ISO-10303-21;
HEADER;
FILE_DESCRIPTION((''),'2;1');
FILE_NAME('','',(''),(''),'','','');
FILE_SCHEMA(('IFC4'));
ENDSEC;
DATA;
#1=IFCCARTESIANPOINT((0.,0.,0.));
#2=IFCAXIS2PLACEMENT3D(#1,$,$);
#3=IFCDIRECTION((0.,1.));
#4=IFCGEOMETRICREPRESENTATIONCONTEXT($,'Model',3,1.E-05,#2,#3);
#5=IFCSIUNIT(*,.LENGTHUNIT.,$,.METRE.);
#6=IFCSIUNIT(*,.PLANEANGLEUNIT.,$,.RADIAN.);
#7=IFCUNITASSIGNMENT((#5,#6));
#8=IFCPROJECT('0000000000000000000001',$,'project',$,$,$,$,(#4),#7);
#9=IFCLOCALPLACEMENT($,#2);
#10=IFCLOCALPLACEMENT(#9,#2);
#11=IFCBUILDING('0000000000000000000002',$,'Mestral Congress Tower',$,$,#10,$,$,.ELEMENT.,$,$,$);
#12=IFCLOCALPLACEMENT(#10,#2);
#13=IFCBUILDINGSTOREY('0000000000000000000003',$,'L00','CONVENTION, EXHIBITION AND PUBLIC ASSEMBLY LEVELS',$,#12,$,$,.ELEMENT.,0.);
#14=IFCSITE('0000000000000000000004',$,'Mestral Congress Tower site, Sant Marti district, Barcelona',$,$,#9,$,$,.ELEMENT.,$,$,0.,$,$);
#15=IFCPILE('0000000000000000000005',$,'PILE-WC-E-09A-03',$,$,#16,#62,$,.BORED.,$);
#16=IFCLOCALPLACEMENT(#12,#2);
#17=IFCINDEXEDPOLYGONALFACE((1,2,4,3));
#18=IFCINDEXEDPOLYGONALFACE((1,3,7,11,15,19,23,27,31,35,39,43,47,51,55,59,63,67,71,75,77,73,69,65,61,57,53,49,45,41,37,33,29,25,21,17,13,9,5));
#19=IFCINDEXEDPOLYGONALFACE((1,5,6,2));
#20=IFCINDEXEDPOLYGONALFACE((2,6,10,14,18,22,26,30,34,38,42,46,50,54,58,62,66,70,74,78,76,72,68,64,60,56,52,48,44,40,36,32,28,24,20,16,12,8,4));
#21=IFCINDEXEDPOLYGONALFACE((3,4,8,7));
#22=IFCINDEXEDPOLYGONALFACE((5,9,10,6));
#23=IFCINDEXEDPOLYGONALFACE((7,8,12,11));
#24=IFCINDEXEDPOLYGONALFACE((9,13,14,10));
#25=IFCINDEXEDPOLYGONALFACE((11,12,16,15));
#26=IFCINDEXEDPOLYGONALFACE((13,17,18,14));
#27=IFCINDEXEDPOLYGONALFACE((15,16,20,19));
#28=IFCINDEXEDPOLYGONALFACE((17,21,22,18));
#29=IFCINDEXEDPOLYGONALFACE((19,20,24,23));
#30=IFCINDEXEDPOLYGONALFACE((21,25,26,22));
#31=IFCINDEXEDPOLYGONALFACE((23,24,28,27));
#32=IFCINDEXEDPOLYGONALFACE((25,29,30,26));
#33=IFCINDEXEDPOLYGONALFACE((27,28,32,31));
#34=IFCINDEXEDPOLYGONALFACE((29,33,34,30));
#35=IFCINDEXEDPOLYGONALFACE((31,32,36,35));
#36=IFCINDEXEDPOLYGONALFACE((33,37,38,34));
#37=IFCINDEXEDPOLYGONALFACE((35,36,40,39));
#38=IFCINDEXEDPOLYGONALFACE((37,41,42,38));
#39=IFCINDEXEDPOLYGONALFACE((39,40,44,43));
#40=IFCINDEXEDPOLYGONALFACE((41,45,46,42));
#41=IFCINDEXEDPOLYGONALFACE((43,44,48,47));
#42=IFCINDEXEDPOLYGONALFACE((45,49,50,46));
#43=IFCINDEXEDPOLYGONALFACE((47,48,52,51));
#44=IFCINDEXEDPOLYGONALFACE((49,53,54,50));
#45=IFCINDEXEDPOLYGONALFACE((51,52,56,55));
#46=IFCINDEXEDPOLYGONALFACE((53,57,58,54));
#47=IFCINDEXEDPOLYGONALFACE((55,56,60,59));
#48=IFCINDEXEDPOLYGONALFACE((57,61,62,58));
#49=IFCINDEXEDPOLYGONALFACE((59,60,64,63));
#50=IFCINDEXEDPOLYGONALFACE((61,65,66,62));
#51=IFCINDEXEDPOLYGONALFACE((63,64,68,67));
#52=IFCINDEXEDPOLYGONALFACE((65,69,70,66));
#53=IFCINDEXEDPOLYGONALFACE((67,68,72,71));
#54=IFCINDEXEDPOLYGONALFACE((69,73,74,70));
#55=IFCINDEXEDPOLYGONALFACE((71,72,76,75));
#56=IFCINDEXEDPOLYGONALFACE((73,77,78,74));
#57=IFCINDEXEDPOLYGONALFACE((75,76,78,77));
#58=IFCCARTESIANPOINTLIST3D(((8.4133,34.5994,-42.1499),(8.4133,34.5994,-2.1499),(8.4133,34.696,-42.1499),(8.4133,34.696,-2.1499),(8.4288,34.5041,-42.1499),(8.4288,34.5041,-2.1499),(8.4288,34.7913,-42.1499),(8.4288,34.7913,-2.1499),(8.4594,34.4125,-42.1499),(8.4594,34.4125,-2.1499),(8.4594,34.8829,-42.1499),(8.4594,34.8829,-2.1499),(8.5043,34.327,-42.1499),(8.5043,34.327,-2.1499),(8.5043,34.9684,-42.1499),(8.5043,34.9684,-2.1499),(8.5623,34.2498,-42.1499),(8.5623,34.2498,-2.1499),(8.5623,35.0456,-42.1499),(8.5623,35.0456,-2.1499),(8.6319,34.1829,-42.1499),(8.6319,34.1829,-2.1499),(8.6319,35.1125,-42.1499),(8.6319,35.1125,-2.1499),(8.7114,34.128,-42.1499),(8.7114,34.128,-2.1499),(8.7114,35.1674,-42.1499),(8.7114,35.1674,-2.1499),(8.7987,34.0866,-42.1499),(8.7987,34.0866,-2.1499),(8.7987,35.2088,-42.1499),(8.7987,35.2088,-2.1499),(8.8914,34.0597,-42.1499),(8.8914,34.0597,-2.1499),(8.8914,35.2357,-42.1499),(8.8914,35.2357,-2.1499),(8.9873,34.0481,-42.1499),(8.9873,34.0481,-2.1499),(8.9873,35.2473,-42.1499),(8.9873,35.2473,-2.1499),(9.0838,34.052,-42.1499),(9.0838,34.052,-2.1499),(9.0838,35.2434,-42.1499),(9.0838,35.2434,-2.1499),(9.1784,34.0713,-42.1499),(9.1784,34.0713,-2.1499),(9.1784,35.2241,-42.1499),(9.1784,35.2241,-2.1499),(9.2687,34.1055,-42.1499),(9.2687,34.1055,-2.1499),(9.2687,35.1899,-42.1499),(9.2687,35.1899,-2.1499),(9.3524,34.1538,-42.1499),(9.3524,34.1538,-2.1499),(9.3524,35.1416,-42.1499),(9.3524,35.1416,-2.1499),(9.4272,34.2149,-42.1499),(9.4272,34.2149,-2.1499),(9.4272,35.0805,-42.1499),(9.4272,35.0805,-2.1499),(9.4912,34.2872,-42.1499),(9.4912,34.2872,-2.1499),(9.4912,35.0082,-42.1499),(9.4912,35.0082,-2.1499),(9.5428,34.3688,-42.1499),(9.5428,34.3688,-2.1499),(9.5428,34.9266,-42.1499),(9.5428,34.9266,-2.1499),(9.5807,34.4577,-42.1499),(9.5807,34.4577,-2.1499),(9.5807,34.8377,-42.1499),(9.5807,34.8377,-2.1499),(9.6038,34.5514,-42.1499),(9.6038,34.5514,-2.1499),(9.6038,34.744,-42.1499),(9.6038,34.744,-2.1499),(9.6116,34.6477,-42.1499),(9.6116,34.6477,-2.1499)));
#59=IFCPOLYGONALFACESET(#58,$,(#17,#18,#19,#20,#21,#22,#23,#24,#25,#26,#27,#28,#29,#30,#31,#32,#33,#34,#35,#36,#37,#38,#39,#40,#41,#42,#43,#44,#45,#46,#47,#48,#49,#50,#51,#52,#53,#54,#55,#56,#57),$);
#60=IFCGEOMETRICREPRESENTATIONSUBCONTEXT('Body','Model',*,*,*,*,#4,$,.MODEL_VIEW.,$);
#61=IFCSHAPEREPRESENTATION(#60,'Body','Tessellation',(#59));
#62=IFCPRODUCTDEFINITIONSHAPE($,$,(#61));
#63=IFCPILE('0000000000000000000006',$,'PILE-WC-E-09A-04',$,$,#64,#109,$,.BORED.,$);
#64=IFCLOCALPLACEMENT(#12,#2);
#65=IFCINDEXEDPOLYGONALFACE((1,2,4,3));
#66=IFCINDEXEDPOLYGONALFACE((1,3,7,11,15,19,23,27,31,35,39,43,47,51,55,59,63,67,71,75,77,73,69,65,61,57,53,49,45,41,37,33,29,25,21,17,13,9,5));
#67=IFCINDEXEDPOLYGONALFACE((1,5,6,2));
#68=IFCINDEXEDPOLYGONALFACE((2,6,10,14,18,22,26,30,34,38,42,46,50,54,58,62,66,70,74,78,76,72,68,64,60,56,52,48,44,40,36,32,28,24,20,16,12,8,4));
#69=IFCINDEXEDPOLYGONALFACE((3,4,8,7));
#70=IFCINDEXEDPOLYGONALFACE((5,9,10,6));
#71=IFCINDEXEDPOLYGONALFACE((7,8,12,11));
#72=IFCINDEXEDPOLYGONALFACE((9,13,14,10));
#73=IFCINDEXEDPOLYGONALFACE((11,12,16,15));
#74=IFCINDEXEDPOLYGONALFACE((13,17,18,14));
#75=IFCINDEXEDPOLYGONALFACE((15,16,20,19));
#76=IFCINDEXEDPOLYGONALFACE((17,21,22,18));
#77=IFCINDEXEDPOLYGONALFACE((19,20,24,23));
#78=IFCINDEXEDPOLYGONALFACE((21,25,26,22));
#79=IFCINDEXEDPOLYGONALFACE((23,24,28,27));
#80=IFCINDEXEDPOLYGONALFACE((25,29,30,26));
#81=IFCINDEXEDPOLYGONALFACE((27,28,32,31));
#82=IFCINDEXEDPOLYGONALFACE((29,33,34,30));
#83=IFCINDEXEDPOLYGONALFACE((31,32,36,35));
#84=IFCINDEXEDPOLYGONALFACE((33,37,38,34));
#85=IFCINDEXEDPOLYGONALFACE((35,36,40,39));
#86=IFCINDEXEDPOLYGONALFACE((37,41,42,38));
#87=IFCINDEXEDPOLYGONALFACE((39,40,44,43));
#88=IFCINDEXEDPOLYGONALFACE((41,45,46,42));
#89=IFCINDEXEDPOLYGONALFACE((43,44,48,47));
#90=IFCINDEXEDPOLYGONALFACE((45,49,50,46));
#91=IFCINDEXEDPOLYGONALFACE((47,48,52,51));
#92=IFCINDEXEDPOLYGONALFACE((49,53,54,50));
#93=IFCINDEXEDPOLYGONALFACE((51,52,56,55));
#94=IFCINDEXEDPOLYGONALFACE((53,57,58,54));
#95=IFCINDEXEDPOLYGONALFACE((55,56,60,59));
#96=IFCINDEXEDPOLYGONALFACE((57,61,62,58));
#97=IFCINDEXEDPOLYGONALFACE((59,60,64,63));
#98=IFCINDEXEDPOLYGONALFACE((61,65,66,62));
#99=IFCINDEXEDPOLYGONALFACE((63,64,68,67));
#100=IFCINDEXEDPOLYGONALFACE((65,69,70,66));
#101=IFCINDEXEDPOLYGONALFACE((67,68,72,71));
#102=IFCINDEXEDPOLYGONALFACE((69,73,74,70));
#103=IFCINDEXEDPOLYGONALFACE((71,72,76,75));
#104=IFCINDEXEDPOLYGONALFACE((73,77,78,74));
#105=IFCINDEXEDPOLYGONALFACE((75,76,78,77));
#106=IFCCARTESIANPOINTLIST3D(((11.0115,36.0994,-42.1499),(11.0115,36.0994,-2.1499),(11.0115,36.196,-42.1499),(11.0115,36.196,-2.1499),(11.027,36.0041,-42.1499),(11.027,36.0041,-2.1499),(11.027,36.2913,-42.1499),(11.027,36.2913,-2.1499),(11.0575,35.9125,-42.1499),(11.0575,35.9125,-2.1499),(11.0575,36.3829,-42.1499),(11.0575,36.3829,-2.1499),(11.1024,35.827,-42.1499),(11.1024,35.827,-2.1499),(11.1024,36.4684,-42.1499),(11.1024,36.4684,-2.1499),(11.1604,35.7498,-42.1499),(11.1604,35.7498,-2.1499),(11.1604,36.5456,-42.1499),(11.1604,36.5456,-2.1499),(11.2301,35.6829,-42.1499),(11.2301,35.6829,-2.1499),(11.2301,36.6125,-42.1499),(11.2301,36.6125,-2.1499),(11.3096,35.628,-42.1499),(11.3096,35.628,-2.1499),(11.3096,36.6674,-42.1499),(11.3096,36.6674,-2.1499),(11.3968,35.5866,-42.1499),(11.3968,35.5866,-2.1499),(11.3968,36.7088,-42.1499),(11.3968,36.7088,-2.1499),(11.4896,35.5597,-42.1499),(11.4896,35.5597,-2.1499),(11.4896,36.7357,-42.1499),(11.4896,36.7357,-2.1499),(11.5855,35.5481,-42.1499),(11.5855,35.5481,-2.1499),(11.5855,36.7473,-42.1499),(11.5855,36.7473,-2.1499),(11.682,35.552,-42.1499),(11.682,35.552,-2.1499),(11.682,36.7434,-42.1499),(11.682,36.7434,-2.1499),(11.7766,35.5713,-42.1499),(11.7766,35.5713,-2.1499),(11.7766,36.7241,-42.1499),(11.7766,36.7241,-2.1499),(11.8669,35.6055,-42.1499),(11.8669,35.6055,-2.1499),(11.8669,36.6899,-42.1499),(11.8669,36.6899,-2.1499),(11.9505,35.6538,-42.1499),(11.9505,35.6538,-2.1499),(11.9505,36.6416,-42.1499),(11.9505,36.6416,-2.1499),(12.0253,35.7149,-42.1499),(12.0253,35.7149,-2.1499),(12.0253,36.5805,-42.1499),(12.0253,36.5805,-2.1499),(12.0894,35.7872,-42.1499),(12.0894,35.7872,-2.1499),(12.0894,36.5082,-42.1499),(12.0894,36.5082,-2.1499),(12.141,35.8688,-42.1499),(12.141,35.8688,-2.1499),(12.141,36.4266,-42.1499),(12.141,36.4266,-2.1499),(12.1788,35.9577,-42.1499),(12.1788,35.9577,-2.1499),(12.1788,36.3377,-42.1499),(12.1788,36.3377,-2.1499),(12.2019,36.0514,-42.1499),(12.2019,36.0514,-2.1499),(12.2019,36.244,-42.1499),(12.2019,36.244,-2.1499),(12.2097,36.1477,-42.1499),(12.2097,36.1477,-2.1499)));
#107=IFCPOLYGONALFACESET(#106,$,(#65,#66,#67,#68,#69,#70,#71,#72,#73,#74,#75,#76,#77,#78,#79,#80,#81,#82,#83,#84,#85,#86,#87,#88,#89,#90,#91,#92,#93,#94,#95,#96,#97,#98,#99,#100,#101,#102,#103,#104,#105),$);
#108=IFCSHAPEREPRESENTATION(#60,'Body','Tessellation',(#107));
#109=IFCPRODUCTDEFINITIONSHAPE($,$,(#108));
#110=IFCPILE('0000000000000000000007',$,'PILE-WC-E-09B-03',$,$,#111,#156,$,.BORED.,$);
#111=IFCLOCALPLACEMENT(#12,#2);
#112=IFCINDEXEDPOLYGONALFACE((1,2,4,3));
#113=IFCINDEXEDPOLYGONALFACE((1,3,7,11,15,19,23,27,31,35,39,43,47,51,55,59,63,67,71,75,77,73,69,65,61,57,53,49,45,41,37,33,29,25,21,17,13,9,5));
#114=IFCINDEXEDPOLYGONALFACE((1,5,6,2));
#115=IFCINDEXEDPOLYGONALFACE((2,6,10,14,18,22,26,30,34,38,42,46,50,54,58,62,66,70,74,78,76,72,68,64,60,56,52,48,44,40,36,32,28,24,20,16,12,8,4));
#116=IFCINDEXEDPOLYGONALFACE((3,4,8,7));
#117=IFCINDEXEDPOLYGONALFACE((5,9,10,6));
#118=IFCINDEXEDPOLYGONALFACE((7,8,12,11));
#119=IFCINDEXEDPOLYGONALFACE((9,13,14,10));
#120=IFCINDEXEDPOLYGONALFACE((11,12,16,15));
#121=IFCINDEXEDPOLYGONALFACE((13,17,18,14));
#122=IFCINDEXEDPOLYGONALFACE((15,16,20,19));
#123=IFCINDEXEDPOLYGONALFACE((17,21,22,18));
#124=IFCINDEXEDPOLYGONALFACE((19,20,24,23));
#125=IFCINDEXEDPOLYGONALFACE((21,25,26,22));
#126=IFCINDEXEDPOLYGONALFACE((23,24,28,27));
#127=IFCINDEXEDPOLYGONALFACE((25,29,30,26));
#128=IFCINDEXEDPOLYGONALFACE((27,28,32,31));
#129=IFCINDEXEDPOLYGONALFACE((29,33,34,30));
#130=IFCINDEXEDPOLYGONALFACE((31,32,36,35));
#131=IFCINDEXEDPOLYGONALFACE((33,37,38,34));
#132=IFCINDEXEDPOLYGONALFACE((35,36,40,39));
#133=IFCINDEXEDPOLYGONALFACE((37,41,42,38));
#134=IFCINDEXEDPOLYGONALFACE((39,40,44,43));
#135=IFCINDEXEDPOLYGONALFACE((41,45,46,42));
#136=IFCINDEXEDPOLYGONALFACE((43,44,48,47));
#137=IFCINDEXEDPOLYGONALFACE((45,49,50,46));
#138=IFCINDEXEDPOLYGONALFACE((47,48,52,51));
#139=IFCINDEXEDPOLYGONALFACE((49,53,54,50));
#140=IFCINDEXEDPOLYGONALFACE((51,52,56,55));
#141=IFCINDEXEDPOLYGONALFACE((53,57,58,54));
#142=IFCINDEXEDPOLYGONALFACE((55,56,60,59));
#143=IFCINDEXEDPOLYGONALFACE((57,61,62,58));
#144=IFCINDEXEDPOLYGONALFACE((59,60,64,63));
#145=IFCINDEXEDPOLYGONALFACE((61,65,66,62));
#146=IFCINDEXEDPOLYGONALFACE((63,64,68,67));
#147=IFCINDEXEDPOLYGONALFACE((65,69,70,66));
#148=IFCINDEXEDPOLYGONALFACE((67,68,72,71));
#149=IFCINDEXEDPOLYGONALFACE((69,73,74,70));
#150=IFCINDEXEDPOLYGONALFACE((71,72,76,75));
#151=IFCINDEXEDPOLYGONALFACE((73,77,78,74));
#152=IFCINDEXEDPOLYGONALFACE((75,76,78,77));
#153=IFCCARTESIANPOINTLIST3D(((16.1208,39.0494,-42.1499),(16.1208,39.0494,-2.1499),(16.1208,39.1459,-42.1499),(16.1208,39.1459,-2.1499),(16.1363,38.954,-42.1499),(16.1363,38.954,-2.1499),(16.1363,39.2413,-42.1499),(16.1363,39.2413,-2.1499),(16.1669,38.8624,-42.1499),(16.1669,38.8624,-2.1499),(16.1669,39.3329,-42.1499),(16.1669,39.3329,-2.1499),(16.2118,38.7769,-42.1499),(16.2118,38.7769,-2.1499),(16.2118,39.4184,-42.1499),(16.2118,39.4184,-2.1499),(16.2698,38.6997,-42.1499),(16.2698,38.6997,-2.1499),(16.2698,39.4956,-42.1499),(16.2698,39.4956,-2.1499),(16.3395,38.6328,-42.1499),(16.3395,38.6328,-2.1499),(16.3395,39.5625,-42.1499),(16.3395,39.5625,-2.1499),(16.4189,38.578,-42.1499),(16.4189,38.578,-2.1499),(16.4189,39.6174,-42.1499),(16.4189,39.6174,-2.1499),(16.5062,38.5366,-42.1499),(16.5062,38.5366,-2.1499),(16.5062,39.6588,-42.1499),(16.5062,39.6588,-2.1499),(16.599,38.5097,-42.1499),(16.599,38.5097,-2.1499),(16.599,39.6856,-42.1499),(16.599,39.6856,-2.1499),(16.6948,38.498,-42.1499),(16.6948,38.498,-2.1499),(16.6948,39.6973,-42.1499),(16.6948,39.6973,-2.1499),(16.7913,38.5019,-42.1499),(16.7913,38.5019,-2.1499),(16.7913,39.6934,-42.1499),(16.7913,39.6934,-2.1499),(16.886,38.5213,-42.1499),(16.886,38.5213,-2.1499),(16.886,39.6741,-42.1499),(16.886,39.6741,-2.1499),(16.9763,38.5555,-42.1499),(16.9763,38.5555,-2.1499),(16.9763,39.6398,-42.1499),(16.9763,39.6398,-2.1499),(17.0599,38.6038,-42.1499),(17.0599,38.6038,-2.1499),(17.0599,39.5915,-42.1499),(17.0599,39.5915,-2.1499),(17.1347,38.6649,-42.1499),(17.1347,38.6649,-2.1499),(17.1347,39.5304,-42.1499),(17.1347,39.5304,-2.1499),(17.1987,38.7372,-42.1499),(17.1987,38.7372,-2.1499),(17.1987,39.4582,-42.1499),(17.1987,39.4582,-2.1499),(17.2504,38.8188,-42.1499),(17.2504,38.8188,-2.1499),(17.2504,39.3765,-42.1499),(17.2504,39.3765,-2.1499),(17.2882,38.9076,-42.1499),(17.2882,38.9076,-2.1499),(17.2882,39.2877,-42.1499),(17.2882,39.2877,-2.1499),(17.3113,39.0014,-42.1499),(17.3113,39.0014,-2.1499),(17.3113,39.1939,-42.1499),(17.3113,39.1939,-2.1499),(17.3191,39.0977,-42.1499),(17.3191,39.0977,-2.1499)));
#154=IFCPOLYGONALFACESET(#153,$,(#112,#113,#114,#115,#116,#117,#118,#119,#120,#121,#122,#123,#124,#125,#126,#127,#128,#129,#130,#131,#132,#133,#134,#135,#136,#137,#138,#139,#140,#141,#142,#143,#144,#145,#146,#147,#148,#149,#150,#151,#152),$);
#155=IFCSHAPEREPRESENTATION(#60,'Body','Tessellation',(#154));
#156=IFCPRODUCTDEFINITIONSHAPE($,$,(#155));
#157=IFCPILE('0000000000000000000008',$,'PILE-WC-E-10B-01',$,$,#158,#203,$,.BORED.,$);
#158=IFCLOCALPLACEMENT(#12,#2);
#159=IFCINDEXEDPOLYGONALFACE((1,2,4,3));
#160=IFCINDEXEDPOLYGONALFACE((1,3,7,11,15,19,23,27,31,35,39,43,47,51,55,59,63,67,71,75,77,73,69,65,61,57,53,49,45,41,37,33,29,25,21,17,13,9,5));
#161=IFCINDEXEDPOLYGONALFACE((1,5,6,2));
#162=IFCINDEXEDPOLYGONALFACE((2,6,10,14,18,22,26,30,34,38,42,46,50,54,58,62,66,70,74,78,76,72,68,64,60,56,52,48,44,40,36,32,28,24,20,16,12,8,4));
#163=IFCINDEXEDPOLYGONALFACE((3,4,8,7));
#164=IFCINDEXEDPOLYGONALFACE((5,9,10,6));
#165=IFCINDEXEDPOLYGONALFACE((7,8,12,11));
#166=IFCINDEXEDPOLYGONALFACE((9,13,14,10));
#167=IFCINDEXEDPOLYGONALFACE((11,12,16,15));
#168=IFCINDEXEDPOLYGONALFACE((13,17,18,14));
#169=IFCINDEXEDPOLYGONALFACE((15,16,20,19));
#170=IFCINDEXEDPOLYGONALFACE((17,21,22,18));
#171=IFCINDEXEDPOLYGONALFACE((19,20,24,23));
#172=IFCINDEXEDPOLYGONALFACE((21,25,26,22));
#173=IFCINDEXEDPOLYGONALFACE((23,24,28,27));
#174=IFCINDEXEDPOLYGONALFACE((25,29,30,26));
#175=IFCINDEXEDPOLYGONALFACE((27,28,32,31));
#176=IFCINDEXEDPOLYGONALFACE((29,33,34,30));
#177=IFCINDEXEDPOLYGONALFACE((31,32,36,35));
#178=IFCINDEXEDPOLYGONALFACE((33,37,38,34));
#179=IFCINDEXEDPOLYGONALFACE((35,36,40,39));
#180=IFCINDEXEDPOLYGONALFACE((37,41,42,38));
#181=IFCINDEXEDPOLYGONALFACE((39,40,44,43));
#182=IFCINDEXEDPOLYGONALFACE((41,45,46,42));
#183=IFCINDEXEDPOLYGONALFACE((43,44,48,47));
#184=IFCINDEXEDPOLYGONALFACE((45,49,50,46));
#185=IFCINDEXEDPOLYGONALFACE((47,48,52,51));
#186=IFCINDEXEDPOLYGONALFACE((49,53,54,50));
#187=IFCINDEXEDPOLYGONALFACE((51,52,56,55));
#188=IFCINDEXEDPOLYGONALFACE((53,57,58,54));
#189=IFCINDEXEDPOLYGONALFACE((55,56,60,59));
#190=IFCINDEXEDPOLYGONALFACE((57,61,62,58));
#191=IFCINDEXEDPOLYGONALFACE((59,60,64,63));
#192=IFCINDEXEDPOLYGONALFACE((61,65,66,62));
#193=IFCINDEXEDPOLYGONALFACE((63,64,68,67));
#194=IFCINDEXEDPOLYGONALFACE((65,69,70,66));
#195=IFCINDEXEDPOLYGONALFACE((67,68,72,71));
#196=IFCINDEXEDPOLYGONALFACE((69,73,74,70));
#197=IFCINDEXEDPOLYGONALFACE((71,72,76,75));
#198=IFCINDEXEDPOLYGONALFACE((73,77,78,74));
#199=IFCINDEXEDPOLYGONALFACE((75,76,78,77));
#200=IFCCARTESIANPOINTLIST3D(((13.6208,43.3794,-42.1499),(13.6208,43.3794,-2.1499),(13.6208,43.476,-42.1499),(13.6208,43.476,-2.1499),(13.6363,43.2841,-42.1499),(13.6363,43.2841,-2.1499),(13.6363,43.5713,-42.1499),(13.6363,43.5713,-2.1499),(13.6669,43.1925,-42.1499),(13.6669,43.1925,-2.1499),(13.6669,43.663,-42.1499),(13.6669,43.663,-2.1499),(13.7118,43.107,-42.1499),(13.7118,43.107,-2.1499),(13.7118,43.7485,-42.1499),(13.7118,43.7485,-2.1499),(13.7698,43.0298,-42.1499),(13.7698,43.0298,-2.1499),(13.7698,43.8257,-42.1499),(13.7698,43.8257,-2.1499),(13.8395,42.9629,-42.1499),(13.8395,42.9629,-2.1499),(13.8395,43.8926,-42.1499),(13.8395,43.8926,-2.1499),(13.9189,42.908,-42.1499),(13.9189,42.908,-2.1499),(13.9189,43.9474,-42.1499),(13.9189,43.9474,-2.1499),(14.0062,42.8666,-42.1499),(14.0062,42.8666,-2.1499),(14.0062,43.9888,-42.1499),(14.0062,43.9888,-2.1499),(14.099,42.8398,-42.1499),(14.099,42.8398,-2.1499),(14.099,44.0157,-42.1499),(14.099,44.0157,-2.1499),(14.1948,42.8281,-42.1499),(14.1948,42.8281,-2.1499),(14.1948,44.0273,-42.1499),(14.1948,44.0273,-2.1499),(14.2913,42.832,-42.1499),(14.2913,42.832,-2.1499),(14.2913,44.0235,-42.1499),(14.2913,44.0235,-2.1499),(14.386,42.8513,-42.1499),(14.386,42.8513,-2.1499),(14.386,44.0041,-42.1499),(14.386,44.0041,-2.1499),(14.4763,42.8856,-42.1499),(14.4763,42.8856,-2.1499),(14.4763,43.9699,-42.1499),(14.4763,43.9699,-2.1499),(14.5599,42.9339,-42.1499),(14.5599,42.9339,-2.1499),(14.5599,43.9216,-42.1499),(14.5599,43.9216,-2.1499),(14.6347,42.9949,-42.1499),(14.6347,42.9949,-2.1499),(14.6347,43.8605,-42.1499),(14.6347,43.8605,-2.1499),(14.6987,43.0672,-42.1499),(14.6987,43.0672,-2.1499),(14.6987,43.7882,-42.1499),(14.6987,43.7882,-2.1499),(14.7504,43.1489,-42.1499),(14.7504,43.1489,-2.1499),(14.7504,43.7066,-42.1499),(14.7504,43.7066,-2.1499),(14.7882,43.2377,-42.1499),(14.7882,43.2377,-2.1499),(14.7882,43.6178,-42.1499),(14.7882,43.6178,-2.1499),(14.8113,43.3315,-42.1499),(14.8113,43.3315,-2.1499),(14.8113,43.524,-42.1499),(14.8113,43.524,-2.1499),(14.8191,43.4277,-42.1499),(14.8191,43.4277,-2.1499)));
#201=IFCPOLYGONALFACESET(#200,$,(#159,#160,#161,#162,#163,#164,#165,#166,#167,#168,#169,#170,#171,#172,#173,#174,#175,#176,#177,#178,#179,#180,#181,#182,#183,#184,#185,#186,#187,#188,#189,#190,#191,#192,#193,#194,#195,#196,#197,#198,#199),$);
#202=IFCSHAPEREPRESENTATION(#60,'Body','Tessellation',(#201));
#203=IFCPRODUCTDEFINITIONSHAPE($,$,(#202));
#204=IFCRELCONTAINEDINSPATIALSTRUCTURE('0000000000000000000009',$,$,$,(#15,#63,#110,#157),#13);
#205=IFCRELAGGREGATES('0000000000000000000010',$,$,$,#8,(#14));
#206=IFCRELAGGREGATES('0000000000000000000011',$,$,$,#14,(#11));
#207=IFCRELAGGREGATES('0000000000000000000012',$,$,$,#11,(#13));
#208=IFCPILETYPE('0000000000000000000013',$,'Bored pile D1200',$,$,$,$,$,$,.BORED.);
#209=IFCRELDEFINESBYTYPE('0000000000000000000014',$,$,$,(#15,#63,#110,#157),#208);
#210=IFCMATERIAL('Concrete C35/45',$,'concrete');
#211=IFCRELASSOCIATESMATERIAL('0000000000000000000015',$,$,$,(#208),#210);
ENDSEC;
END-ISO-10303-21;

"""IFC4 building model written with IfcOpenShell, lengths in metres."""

from ifc_helpers import new_model, si_unit, direction, frame, origin, origin_2d, place, context, subcontext, project, spatial, circle, extrude, material, material_profile, profile_set, type_object, element, save


model = new_model("IFC4")

# Units and contexts
model_context = context("Model", 3, precision=1e-05, world=origin(), true_north=direction((0.0, 1.0)))
body_context = subcontext(model_context, "Body", "Model", "MODEL_VIEW")
ifc_project = project(units=[si_unit("LENGTHUNIT", "METRE"), si_unit("PLANEANGLEUNIT", "RADIAN")], contexts=[model_context])

# Site, building, storey
site_placement = place(None, origin())
site = spatial("IfcSite", under=ifc_project, at=site_placement, Name="Mestral Congress Tower site, Sant Marti district, Barcelona", CompositionType="ELEMENT", RefElevation=0.0)
building_placement = place(site_placement, origin())
building = spatial("IfcBuilding", under=site, at=building_placement, Name="Mestral Congress Tower", CompositionType="ELEMENT")
storey_placement = place(building_placement, origin())
storey = spatial("IfcBuildingStorey", under=building, at=storey_placement, Name="L00", Description="CONVENTION, EXHIBITION AND PUBLIC ASSEMBLY LEVELS", CompositionType="ELEMENT", Elevation=0.0)

# Piles
ifc_material_1 = material(Name="Concrete C35/45", Category="concrete")
ifc_material_profile_1 = material_profile(ifc_material_1, circle(Radius=0.6001, at=origin_2d()), Name="D1200")
ifc_profile_set_1 = profile_set([ifc_material_profile_1], Name="Concrete C35/45")
pile_type_1 = type_object("IfcPileType", Name="Bored pile D1200", PredefinedType="BORED", material=ifc_profile_set_1)
for number, where, z_axis, x_axis, name in (
    (1, (9.0115, 34.6477, -2.1499), (0.0, 0.0, -1.0), (1.0, 0.0, 0.0), "PILE-WC-E-09A-03"),
    (2, (11.6096, 36.1477, -2.1499), (0.0, 0.0, -1.0), (1.0, 0.0, 0.0), "PILE-WC-E-09A-04"),
    (3, (16.719, 39.0977, -2.1499), (0.0, 0.0, -1.0), (1.0, 0.0, 0.0), "PILE-WC-E-09B-03"),
    (4, (14.219, 43.4277, -2.1499), (0.0, 0.0, -1.0), (1.0, 0.0, 0.0), "PILE-WC-E-10B-01"),
):
    element("IfcPile", number, at=place(storey_placement, frame(where, z_axis=z_axis, x_axis=x_axis)), inside=storey, type_object=pile_type_1, Name=name, PredefinedType="BORED", context=body_context, shape_type="SweptSolid", body=[
        extrude(circle(Radius=0.6001, at=origin_2d()), origin(), (0.0, 0.0, 1.0), 40.0),
    ])

save(model, "model.ifc")
